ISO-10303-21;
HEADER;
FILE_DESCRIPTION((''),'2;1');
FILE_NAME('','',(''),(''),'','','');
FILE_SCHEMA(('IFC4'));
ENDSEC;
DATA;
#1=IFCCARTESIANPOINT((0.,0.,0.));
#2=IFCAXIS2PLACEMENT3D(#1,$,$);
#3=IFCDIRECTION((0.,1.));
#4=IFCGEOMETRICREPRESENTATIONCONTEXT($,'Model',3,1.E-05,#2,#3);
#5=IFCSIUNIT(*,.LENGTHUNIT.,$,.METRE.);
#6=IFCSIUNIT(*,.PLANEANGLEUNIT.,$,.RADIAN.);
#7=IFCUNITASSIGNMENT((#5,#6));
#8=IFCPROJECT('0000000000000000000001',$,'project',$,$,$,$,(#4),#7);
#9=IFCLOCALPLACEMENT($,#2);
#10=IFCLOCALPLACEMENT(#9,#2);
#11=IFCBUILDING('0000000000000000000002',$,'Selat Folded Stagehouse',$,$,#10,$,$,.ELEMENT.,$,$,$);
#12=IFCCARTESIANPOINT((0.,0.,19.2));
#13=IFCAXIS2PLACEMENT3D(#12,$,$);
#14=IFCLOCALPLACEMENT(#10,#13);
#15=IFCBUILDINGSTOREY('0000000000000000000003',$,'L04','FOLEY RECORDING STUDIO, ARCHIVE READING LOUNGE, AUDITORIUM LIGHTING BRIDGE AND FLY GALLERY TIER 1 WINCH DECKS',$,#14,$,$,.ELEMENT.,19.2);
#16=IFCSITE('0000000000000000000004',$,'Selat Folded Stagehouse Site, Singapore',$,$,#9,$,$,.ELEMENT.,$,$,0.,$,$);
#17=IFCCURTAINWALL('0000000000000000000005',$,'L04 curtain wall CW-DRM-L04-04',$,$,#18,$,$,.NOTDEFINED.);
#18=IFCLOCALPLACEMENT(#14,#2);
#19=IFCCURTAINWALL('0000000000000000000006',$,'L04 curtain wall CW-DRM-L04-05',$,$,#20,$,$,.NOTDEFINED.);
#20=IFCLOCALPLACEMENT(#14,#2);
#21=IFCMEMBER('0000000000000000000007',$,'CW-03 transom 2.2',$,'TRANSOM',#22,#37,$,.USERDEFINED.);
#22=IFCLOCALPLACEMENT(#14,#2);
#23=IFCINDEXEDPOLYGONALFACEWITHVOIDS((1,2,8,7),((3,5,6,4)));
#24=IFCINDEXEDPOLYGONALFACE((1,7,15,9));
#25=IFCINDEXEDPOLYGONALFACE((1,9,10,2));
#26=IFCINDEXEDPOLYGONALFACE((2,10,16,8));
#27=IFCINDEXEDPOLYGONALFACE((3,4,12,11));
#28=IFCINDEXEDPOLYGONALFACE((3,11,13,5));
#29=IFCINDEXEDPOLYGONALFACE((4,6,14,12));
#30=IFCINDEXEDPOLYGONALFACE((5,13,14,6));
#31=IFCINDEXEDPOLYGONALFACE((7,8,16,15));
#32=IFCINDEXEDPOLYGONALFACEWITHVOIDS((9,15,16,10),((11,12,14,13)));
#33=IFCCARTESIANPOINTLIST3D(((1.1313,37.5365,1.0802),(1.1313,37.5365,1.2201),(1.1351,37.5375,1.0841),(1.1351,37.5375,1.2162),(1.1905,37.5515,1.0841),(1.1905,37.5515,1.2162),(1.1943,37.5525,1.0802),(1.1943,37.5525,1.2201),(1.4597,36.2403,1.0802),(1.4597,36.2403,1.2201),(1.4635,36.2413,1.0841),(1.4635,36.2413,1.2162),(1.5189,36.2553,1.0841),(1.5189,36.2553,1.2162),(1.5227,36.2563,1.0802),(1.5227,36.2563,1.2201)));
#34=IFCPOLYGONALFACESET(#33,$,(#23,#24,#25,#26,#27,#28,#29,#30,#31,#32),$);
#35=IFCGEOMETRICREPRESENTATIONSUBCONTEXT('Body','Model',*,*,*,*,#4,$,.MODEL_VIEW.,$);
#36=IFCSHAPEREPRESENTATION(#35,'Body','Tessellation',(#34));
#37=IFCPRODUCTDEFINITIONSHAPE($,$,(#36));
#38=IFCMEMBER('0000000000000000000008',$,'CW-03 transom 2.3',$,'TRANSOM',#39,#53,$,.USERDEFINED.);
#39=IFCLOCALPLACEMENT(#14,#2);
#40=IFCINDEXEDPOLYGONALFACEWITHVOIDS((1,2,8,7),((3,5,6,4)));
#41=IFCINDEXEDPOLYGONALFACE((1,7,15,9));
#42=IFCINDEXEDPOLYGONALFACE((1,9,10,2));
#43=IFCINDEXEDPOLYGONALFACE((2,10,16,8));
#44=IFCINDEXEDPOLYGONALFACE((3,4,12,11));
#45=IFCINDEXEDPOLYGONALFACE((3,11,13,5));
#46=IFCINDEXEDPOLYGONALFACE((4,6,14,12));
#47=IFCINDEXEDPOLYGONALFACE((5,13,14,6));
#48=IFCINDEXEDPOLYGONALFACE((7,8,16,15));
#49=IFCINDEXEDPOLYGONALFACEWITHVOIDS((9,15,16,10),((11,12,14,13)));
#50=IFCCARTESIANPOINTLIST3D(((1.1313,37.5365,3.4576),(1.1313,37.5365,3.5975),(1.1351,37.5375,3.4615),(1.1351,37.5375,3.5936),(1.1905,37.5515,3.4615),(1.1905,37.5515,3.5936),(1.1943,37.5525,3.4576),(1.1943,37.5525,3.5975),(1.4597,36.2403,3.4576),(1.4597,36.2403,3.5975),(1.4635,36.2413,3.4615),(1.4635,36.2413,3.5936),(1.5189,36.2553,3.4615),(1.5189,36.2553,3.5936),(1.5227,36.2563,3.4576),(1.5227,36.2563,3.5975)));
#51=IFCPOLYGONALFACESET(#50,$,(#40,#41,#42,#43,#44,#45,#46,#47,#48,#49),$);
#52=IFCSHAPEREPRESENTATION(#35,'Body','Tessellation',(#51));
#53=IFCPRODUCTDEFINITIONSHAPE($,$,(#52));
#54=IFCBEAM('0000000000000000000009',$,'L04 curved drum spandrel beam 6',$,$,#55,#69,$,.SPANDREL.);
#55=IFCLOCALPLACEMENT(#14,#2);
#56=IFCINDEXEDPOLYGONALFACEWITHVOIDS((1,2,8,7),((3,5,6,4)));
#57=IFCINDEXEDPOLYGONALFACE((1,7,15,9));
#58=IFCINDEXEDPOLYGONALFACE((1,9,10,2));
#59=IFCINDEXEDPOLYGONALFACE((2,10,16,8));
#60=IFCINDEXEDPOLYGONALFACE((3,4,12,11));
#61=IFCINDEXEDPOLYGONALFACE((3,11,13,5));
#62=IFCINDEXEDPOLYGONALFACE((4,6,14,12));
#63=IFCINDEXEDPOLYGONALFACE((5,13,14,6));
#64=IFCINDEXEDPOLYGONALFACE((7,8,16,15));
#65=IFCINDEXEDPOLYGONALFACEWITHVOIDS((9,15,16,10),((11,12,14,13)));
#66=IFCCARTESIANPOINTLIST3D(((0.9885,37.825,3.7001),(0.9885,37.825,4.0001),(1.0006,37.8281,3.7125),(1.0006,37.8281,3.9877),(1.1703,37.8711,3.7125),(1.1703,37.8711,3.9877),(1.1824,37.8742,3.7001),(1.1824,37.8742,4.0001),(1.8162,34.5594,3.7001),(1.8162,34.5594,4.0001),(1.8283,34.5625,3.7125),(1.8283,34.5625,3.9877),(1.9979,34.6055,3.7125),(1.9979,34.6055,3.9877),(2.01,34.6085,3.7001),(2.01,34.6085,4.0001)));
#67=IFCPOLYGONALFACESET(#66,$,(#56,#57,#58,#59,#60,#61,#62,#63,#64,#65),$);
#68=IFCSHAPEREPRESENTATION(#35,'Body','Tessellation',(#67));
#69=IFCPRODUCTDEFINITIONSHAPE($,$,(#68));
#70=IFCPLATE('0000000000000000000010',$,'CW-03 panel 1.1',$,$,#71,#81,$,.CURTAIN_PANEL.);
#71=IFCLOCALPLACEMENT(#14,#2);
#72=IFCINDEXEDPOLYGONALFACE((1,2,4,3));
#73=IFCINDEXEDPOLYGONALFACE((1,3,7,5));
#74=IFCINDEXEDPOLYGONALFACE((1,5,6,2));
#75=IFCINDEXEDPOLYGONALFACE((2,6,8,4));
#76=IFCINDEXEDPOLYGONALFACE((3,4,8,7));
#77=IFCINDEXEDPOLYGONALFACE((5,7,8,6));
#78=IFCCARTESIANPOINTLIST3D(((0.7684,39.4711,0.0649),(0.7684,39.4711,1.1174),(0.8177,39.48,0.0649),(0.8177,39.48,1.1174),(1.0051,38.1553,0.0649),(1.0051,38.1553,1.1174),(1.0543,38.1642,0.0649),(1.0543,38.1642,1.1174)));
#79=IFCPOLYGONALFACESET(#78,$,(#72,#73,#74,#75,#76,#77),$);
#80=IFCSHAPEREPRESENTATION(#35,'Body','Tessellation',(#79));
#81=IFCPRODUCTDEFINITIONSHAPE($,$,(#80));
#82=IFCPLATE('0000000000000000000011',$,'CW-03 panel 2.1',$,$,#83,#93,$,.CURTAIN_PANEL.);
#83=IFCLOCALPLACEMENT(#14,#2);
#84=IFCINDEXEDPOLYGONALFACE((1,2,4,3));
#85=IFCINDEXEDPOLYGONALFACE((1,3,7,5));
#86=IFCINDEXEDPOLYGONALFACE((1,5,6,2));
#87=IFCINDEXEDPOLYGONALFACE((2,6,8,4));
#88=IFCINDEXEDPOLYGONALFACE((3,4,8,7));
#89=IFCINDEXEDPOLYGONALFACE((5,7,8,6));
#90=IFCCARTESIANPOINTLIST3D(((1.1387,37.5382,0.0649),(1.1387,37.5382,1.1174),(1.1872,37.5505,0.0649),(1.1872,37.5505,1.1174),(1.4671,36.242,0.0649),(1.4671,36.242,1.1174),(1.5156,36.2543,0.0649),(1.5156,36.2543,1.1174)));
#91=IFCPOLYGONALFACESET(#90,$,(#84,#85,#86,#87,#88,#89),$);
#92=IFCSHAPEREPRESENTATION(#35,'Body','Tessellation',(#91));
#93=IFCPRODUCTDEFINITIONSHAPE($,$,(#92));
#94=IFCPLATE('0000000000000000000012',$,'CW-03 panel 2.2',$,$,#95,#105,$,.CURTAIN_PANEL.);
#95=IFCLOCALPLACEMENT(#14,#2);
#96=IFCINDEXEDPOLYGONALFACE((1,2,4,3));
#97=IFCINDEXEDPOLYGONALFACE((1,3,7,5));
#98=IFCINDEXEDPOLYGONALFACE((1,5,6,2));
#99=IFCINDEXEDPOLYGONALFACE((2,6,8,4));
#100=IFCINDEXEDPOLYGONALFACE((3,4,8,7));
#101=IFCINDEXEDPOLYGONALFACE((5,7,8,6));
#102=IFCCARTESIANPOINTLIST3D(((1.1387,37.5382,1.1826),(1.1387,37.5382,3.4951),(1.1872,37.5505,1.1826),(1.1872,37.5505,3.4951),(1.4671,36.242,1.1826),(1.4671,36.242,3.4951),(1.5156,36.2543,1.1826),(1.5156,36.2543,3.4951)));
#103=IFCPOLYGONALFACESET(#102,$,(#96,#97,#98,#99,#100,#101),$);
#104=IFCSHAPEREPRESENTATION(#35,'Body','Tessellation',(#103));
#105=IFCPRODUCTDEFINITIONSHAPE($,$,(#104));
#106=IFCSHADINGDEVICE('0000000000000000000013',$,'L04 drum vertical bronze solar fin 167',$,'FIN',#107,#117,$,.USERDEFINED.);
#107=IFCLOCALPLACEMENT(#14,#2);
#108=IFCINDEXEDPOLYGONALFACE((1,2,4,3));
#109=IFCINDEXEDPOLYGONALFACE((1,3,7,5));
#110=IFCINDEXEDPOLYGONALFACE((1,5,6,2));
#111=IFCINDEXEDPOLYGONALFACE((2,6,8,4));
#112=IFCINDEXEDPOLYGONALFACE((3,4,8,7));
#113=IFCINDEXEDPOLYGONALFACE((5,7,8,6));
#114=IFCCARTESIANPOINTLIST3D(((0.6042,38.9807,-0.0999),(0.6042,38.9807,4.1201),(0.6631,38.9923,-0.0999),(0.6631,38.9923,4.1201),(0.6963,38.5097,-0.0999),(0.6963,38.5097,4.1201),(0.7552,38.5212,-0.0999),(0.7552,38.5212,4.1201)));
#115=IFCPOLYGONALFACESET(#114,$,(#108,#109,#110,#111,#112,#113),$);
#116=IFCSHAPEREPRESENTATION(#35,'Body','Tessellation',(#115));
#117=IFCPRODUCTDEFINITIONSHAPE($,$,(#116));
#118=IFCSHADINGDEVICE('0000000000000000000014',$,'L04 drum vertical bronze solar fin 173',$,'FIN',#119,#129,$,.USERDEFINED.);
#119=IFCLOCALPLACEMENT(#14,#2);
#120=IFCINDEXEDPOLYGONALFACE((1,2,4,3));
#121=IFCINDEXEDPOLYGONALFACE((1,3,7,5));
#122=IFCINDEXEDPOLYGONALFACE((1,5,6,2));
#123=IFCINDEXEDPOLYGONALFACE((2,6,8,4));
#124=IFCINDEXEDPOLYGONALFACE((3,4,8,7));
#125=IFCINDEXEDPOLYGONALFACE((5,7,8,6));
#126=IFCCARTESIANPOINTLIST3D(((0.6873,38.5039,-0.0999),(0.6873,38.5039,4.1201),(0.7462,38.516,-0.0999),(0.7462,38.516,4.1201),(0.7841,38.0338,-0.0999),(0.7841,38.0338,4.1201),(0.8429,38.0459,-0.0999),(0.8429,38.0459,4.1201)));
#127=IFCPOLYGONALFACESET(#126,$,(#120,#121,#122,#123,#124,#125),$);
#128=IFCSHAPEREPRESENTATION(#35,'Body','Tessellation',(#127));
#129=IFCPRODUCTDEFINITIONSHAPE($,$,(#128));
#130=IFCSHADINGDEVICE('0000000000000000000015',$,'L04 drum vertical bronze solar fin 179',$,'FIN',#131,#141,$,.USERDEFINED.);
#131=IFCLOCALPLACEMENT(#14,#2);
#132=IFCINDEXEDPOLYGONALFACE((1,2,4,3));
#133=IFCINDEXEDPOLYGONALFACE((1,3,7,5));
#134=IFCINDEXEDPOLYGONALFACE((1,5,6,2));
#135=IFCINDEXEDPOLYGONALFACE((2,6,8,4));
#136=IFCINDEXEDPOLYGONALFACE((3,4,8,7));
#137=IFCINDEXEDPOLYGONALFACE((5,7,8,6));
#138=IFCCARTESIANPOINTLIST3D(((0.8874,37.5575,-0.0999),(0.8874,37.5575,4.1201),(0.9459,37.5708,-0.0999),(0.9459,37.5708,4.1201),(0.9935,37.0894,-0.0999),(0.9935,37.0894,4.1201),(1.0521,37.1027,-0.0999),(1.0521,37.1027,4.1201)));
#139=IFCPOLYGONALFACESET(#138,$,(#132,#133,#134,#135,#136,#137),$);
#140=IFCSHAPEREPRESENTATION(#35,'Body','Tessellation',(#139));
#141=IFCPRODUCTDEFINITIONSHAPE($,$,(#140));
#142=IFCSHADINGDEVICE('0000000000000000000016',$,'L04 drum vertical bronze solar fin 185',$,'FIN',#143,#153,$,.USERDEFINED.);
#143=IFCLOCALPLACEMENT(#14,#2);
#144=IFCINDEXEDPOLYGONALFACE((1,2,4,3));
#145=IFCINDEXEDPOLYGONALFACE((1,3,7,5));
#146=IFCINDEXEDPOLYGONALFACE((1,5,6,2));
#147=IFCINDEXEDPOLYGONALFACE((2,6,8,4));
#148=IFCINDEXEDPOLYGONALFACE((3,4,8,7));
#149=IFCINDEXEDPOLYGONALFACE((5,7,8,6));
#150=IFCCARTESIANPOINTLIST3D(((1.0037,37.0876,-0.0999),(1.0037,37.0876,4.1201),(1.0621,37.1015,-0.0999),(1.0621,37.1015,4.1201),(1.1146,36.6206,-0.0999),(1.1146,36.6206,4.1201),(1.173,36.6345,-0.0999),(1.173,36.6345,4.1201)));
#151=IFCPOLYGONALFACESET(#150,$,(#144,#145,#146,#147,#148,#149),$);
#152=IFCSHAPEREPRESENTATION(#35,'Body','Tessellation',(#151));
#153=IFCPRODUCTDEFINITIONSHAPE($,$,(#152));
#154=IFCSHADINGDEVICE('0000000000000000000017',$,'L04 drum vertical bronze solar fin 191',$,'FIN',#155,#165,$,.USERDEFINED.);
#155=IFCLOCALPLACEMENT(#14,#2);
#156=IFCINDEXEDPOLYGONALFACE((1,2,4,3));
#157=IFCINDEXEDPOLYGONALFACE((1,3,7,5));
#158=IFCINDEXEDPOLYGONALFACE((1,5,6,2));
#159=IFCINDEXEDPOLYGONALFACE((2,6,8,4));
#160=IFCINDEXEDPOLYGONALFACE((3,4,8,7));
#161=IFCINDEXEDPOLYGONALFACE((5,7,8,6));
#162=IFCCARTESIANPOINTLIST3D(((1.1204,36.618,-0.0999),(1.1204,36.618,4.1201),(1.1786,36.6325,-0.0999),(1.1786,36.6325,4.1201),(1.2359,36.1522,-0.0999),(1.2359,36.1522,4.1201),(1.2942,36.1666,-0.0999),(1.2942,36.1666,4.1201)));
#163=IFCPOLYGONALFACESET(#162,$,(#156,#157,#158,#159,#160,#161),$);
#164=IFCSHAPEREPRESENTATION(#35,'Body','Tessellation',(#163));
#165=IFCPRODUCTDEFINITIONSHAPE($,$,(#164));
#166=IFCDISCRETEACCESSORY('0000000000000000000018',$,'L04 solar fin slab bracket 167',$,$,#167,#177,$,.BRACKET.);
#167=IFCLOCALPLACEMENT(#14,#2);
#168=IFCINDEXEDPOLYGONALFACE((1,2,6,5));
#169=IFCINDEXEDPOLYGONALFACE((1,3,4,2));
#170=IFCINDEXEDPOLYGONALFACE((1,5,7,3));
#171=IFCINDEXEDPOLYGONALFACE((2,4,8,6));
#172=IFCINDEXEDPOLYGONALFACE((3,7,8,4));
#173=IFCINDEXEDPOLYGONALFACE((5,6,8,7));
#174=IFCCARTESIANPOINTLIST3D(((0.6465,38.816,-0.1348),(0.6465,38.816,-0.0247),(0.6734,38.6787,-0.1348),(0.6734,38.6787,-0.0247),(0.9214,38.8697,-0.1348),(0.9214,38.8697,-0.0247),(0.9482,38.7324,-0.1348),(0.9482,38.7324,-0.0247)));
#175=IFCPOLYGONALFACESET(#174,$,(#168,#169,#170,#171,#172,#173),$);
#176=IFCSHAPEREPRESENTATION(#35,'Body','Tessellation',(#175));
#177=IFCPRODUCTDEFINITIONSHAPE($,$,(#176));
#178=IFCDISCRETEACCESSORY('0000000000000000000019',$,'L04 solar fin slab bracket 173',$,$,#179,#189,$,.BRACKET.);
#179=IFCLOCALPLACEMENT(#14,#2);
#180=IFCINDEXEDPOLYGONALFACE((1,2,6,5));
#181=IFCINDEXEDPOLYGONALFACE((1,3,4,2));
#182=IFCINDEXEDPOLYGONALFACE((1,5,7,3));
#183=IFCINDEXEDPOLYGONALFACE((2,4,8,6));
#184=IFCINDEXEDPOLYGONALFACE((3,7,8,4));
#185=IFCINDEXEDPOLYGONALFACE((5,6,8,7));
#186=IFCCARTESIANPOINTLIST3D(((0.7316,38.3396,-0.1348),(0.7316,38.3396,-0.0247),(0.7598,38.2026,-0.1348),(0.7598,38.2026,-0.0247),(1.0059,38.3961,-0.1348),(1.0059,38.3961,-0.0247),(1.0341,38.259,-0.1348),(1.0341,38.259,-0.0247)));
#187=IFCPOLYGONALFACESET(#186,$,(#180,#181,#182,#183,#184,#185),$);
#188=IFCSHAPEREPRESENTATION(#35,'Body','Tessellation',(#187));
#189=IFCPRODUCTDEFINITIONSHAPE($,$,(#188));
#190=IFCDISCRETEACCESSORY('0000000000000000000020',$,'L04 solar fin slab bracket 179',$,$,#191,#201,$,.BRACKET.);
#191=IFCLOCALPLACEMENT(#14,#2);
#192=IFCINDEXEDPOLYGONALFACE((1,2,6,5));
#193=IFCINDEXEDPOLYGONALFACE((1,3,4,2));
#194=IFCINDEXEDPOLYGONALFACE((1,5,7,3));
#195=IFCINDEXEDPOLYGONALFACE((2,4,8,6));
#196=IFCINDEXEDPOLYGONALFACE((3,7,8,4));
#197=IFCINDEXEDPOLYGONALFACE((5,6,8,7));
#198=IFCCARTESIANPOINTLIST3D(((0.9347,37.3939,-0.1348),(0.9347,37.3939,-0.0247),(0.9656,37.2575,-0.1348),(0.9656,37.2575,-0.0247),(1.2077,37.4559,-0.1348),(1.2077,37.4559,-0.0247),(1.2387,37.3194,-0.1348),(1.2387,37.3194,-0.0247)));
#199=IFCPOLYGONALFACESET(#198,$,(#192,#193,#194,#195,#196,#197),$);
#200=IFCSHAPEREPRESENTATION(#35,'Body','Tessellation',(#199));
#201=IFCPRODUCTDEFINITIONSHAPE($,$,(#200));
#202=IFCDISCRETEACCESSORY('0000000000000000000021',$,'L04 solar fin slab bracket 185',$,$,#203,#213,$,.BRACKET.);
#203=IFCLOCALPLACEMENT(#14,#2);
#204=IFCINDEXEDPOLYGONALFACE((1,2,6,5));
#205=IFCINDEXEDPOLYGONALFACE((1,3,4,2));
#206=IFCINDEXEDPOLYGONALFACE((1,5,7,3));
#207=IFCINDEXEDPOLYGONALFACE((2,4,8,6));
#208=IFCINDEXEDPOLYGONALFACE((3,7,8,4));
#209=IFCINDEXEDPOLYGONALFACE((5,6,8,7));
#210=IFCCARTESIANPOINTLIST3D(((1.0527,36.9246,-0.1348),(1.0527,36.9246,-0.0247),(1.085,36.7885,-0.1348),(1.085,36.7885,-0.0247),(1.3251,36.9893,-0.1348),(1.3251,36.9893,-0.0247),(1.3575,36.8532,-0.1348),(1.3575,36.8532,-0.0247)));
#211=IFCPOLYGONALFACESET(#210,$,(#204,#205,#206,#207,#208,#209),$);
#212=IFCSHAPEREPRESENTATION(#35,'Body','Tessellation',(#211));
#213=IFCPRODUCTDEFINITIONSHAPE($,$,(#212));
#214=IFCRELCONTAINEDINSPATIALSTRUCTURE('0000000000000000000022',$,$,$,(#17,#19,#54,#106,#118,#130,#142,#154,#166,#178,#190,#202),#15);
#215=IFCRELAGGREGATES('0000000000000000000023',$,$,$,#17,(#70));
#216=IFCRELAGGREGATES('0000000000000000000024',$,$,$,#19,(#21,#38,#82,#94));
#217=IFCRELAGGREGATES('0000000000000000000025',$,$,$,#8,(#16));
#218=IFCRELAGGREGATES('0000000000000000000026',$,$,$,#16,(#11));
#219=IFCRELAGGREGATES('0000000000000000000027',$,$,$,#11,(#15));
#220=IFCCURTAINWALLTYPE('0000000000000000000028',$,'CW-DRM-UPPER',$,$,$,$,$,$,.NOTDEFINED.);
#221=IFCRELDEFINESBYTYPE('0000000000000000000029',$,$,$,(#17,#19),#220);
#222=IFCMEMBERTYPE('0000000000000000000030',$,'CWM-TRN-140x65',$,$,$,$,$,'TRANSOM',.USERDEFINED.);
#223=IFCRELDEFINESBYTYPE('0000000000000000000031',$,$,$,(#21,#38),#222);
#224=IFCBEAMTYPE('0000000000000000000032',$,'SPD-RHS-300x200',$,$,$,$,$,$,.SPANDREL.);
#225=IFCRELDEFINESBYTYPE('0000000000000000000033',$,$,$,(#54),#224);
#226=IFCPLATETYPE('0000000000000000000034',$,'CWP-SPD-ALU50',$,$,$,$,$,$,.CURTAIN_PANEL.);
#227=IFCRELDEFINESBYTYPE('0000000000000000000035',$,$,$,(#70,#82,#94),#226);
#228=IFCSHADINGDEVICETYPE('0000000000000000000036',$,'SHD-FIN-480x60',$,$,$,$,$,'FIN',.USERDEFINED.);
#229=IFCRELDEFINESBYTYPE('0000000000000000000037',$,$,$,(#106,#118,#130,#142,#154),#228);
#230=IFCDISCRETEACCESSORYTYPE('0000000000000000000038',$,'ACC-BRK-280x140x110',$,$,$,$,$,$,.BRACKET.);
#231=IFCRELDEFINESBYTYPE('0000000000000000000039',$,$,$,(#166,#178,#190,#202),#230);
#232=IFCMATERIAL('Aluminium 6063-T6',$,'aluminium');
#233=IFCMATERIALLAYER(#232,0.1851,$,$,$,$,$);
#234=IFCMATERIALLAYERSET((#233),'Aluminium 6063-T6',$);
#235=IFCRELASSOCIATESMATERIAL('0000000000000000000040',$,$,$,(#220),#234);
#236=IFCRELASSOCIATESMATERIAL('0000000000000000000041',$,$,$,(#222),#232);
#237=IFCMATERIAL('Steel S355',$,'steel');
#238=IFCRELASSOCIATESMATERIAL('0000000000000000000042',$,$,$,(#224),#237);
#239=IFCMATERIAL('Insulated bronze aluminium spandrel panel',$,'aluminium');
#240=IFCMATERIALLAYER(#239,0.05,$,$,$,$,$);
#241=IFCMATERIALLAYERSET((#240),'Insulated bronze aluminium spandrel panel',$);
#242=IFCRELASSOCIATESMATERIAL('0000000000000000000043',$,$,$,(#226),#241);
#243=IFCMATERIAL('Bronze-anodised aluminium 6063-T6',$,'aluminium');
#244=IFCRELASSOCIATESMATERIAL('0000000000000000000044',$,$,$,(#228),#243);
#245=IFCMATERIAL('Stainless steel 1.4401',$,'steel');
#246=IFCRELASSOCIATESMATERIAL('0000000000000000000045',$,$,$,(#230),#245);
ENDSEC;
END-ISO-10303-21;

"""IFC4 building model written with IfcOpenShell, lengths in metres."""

from ifc_helpers import new_model, si_unit, direction, frame, origin, origin_2d, place, context, subcontext, project, spatial, rectangle, hollow_rectangle, extrude, material, layer, layer_set, material_profile, profile_set, type_object, element, aggregate, save


model = new_model("IFC4")

# Units and contexts
model_context = context("Model", 3, precision=1e-05, world=origin(), true_north=direction((0.0, 1.0)))
body_context = subcontext(model_context, "Body", "Model", "MODEL_VIEW")
ifc_project = project(units=[si_unit("LENGTHUNIT", "METRE"), si_unit("PLANEANGLEUNIT", "RADIAN")], contexts=[model_context])

# Site, building, storey
site_placement = place(None, origin())
site = spatial("IfcSite", under=ifc_project, at=site_placement, Name="Selat Folded Stagehouse Site, Singapore", CompositionType="ELEMENT", RefElevation=0.0)
building_placement = place(site_placement, origin())
building = spatial("IfcBuilding", under=site, at=building_placement, Name="Selat Folded Stagehouse", CompositionType="ELEMENT")
storey_placement = place(building_placement, frame((0.0, 0.0, 19.2)))
storey = spatial("IfcBuildingStorey", under=building, at=storey_placement, Name="L04", Description="FOLEY RECORDING STUDIO, ARCHIVE READING LOUNGE, AUDITORIUM LIGHTING BRIDGE AND FLY GALLERY TIER 1 WINCH DECKS", CompositionType="ELEMENT", Elevation=19.2)

# Shared definitions
ifc_material_1 = material(Name="Steel S355", Category="steel")

# Curtain wall
ifc_material_2 = material(Name="Aluminium 6063-T6", Category="aluminium")
ifc_layer_1 = layer(ifc_material_2, 0.1851)
ifc_layer_set_1 = layer_set([ifc_layer_1], Name="Aluminium 6063-T6")
curtain_wall_type = type_object("IfcCurtainWallType", Name="CW-DRM-UPPER", PredefinedType="NOTDEFINED", material=ifc_layer_set_1)
curtain_wall_1_placement = place(storey_placement, origin())
curtain_wall_1 = element("IfcCurtainWall", 1, at=curtain_wall_1_placement, inside=storey, type_object=curtain_wall_type, Name="L04 curtain wall CW-DRM-L04-04", PredefinedType="NOTDEFINED")

# Curtain wall
curtain_wall_2_placement = place(storey_placement, origin())
curtain_wall_2 = element("IfcCurtainWall", 2, at=curtain_wall_2_placement, inside=storey, type_object=curtain_wall_type, Name="L04 curtain wall CW-DRM-L04-05", PredefinedType="NOTDEFINED")

# Members
ifc_material_profile_1 = material_profile(ifc_material_2, hollow_rectangle(XDim=0.0649, YDim=0.1399, WallThickness=0.0039, at=origin_2d()), Name="ALU 140x65x4.0")
ifc_profile_set_1 = profile_set([ifc_material_profile_1], Name="Aluminium 6063-T6")
member_type_1 = type_object("IfcMemberType", Name="CWM-TRN-140x65", ElementType="TRANSOM", PredefinedType="USERDEFINED", material=ifc_profile_set_1)
member_1_placement = place(storey_placement, frame((1.4912, 36.2483, 1.1501), z_axis=(-0.245585, 0.969375, 0.0), x_axis=(-0.969375, -0.245585, 0.0)))
member_1 = element("IfcMember", 3, at=member_1_placement, type_object=member_type_1, Name="CW-03 transom 2.2", ObjectType="TRANSOM", PredefinedType="USERDEFINED", context=body_context, shape_type="SweptSolid", body=[
    extrude(hollow_rectangle(XDim=0.0649, YDim=0.1399, WallThickness=0.0039, at=origin_2d()), origin(), (0.0, 0.0, 1.0), 1.3372),
])
member_2_placement = place(storey_placement, frame((1.4912, 36.2483, 3.5276), z_axis=(-0.245585, 0.969375, 0.0), x_axis=(-0.969375, -0.245585, 0.0)))
member_2 = element("IfcMember", 4, at=member_2_placement, type_object=member_type_1, Name="CW-03 transom 2.3", ObjectType="TRANSOM", PredefinedType="USERDEFINED", context=body_context, shape_type="SweptSolid", body=[
    extrude(hollow_rectangle(XDim=0.0649, YDim=0.1399, WallThickness=0.0039, at=origin_2d()), origin(), (0.0, 0.0, 1.0), 1.3372),
])

# Beam
ifc_material_profile_2 = material_profile(ifc_material_1, hollow_rectangle(XDim=0.2, YDim=0.3, WallThickness=0.0125, at=origin_2d()), Name="RHS 300x200x12.5")
ifc_profile_set_2 = profile_set([ifc_material_profile_2], Name="Steel S355")
beam_type = type_object("IfcBeamType", Name="SPD-RHS-300x200", PredefinedType="SPANDREL", material=ifc_profile_set_2)
beam_placement = place(storey_placement, frame((1.0854, 37.8496, 3.8501), z_axis=(0.245672, -0.969353, 0.0), x_axis=(0.969353, 0.245672, 0.0)))
element("IfcBeam", 5, at=beam_placement, inside=storey, type_object=beam_type, Name="L04 curved drum spandrel beam 6", PredefinedType="SPANDREL", context=body_context, shape_type="SweptSolid", body=[
    extrude(hollow_rectangle(XDim=0.2, YDim=0.3, WallThickness=0.0125, at=origin_2d()), origin(), (0.0, 0.0, 1.0), 3.3689),
])

# Plates
ifc_material_3 = material(Name="Insulated bronze aluminium spandrel panel", Category="aluminium")
ifc_layer_2 = layer(ifc_material_3, 0.05)
ifc_layer_set_2 = layer_set([ifc_layer_2], Name="Insulated bronze aluminium spandrel panel")
plate_type = type_object("IfcPlateType", Name="CWP-SPD-ALU50", PredefinedType="CURTAIN_PANEL", material=ifc_layer_set_2)
plate_1_placement = place(storey_placement, frame((0.9114, 38.8176, 0.0649), z_axis=(0.0, 0.0, 1.0), x_axis=(-0.177002, 0.984211, 0.0)))
plate_1 = element("IfcPlate", 6, at=plate_1_placement, type_object=plate_type, Name="CW-03 panel 1.1", PredefinedType="CURTAIN_PANEL", context=body_context, shape_type="SweptSolid", body=[
    extrude(rectangle(XDim=1.3369, YDim=0.05, at=origin_2d()), origin(), (0.0, 0.0, 1.0), 1.0525),
])
aggregate(curtain_wall_1, [plate_1])
plate_2_placement = place(storey_placement, frame((1.3271, 36.8962, 0.0649), z_axis=(0.0, 0.0, 1.0), x_axis=(-0.245618, 0.969367, 0.0)))
plate_2 = element("IfcPlate", 7, at=plate_2_placement, type_object=plate_type, Name="CW-03 panel 2.1", PredefinedType="CURTAIN_PANEL", context=body_context, shape_type="SweptSolid", body=[
    extrude(rectangle(XDim=1.3372, YDim=0.05, at=origin_2d()), origin(), (0.0, 0.0, 1.0), 1.0525),
])
plate_3_placement = place(storey_placement, frame((1.3271, 36.8962, 1.1826), z_axis=(0.0, 0.0, 1.0), x_axis=(-0.245618, 0.969367, 0.0)))
plate_3 = element("IfcPlate", 8, at=plate_3_placement, type_object=plate_type, Name="CW-03 panel 2.2", PredefinedType="CURTAIN_PANEL", context=body_context, shape_type="SweptSolid", body=[
    extrude(rectangle(XDim=1.3372, YDim=0.05, at=origin_2d()), origin(), (0.0, 0.0, 1.0), 2.3125),
])
aggregate(curtain_wall_2, [member_1, member_2, plate_2, plate_3])

# Shading devices
ifc_material_4 = material(Name="Bronze-anodised aluminium 6063-T6", Category="aluminium")
ifc_material_profile_3 = material_profile(ifc_material_4, rectangle(XDim=0.0601, YDim=0.48, at=origin_2d()), Name="SOLAR-FIN 480x60")
ifc_profile_set_3 = profile_set([ifc_material_profile_3], Name="Bronze-anodised aluminium 6063-T6")
shading_device_type = type_object("IfcShadingDeviceType", Name="SHD-FIN-480x60", ElementType="FIN", PredefinedType="USERDEFINED", material=ifc_profile_set_3)
for number, where, z_axis, x_axis, name in (
    (9, (0.6797, 38.751, -0.0999), (0.0, 0.0, 1.0), (-0.981427, -0.191837, 0.0), "L04 drum vertical bronze solar fin 167"),
    (10, (0.7651, 38.2749, -0.0999), (0.0, 0.0, 1.0), (-0.97947, -0.201591, 0.0), "L04 drum vertical bronze solar fin 173"),
    (11, (0.9697, 37.3301, -0.0999), (0.0, 0.0, 1.0), (-0.975227, -0.221208, 0.0), "L04 drum vertical bronze solar fin 179"),
    (12, (1.0884, 36.8611, -0.0999), (0.0, 0.0, 1.0), (-0.972937, -0.231069, 0.0), "L04 drum vertical bronze solar fin 185"),
    (13, (1.2073, 36.3923, -0.0999), (0.0, 0.0, 1.0), (-0.970591, -0.240736, 0.0), "L04 drum vertical bronze solar fin 191"),
):
    element("IfcShadingDevice", number, at=place(storey_placement, frame(where, z_axis=z_axis, x_axis=x_axis)), inside=storey, type_object=shading_device_type, Name=name, ObjectType="FIN", PredefinedType="USERDEFINED", context=body_context, shape_type="SweptSolid", body=[
        extrude(rectangle(XDim=0.0601, YDim=0.48, at=origin_2d()), origin(), (0.0, 0.0, 1.0), 4.22),
    ])

# Discrete accessories
ifc_material_5 = material(Name="Stainless steel 1.4401", Category="steel")
discrete_accessory_type = type_object("IfcDiscreteAccessoryType", Name="ACC-BRK-280x140x110", PredefinedType="BRACKET", material=ifc_material_5)
for number, where, z_axis, x_axis, name in (
    (14, (0.7974, 38.7742, -0.1348), (0.0, 0.0, 1.0), (-0.981427, -0.191837, 0.0), "L04 solar fin slab bracket 167"),
    (15, (0.8828, 38.2993, -0.1348), (0.0, 0.0, 1.0), (-0.97947, -0.201591, 0.0), "L04 solar fin slab bracket 173"),
    (16, (1.0867, 37.3567, -0.1348), (0.0, 0.0, 1.0), (-0.975227, -0.221208, 0.0), "L04 solar fin slab bracket 179"),
    (17, (1.2051, 36.8889, -0.1348), (0.0, 0.0, 1.0), (-0.972937, -0.231069, 0.0), "L04 solar fin slab bracket 185"),
):
    element("IfcDiscreteAccessory", number, at=place(storey_placement, frame(where, z_axis=z_axis, x_axis=x_axis)), inside=storey, type_object=discrete_accessory_type, Name=name, PredefinedType="BRACKET", context=body_context, shape_type="SweptSolid", body=[
        extrude(rectangle(XDim=0.28, YDim=0.1399, at=origin_2d()), origin(), (0.0, 0.0, 1.0), 0.1101),
    ])

save(model, "model.ifc")
